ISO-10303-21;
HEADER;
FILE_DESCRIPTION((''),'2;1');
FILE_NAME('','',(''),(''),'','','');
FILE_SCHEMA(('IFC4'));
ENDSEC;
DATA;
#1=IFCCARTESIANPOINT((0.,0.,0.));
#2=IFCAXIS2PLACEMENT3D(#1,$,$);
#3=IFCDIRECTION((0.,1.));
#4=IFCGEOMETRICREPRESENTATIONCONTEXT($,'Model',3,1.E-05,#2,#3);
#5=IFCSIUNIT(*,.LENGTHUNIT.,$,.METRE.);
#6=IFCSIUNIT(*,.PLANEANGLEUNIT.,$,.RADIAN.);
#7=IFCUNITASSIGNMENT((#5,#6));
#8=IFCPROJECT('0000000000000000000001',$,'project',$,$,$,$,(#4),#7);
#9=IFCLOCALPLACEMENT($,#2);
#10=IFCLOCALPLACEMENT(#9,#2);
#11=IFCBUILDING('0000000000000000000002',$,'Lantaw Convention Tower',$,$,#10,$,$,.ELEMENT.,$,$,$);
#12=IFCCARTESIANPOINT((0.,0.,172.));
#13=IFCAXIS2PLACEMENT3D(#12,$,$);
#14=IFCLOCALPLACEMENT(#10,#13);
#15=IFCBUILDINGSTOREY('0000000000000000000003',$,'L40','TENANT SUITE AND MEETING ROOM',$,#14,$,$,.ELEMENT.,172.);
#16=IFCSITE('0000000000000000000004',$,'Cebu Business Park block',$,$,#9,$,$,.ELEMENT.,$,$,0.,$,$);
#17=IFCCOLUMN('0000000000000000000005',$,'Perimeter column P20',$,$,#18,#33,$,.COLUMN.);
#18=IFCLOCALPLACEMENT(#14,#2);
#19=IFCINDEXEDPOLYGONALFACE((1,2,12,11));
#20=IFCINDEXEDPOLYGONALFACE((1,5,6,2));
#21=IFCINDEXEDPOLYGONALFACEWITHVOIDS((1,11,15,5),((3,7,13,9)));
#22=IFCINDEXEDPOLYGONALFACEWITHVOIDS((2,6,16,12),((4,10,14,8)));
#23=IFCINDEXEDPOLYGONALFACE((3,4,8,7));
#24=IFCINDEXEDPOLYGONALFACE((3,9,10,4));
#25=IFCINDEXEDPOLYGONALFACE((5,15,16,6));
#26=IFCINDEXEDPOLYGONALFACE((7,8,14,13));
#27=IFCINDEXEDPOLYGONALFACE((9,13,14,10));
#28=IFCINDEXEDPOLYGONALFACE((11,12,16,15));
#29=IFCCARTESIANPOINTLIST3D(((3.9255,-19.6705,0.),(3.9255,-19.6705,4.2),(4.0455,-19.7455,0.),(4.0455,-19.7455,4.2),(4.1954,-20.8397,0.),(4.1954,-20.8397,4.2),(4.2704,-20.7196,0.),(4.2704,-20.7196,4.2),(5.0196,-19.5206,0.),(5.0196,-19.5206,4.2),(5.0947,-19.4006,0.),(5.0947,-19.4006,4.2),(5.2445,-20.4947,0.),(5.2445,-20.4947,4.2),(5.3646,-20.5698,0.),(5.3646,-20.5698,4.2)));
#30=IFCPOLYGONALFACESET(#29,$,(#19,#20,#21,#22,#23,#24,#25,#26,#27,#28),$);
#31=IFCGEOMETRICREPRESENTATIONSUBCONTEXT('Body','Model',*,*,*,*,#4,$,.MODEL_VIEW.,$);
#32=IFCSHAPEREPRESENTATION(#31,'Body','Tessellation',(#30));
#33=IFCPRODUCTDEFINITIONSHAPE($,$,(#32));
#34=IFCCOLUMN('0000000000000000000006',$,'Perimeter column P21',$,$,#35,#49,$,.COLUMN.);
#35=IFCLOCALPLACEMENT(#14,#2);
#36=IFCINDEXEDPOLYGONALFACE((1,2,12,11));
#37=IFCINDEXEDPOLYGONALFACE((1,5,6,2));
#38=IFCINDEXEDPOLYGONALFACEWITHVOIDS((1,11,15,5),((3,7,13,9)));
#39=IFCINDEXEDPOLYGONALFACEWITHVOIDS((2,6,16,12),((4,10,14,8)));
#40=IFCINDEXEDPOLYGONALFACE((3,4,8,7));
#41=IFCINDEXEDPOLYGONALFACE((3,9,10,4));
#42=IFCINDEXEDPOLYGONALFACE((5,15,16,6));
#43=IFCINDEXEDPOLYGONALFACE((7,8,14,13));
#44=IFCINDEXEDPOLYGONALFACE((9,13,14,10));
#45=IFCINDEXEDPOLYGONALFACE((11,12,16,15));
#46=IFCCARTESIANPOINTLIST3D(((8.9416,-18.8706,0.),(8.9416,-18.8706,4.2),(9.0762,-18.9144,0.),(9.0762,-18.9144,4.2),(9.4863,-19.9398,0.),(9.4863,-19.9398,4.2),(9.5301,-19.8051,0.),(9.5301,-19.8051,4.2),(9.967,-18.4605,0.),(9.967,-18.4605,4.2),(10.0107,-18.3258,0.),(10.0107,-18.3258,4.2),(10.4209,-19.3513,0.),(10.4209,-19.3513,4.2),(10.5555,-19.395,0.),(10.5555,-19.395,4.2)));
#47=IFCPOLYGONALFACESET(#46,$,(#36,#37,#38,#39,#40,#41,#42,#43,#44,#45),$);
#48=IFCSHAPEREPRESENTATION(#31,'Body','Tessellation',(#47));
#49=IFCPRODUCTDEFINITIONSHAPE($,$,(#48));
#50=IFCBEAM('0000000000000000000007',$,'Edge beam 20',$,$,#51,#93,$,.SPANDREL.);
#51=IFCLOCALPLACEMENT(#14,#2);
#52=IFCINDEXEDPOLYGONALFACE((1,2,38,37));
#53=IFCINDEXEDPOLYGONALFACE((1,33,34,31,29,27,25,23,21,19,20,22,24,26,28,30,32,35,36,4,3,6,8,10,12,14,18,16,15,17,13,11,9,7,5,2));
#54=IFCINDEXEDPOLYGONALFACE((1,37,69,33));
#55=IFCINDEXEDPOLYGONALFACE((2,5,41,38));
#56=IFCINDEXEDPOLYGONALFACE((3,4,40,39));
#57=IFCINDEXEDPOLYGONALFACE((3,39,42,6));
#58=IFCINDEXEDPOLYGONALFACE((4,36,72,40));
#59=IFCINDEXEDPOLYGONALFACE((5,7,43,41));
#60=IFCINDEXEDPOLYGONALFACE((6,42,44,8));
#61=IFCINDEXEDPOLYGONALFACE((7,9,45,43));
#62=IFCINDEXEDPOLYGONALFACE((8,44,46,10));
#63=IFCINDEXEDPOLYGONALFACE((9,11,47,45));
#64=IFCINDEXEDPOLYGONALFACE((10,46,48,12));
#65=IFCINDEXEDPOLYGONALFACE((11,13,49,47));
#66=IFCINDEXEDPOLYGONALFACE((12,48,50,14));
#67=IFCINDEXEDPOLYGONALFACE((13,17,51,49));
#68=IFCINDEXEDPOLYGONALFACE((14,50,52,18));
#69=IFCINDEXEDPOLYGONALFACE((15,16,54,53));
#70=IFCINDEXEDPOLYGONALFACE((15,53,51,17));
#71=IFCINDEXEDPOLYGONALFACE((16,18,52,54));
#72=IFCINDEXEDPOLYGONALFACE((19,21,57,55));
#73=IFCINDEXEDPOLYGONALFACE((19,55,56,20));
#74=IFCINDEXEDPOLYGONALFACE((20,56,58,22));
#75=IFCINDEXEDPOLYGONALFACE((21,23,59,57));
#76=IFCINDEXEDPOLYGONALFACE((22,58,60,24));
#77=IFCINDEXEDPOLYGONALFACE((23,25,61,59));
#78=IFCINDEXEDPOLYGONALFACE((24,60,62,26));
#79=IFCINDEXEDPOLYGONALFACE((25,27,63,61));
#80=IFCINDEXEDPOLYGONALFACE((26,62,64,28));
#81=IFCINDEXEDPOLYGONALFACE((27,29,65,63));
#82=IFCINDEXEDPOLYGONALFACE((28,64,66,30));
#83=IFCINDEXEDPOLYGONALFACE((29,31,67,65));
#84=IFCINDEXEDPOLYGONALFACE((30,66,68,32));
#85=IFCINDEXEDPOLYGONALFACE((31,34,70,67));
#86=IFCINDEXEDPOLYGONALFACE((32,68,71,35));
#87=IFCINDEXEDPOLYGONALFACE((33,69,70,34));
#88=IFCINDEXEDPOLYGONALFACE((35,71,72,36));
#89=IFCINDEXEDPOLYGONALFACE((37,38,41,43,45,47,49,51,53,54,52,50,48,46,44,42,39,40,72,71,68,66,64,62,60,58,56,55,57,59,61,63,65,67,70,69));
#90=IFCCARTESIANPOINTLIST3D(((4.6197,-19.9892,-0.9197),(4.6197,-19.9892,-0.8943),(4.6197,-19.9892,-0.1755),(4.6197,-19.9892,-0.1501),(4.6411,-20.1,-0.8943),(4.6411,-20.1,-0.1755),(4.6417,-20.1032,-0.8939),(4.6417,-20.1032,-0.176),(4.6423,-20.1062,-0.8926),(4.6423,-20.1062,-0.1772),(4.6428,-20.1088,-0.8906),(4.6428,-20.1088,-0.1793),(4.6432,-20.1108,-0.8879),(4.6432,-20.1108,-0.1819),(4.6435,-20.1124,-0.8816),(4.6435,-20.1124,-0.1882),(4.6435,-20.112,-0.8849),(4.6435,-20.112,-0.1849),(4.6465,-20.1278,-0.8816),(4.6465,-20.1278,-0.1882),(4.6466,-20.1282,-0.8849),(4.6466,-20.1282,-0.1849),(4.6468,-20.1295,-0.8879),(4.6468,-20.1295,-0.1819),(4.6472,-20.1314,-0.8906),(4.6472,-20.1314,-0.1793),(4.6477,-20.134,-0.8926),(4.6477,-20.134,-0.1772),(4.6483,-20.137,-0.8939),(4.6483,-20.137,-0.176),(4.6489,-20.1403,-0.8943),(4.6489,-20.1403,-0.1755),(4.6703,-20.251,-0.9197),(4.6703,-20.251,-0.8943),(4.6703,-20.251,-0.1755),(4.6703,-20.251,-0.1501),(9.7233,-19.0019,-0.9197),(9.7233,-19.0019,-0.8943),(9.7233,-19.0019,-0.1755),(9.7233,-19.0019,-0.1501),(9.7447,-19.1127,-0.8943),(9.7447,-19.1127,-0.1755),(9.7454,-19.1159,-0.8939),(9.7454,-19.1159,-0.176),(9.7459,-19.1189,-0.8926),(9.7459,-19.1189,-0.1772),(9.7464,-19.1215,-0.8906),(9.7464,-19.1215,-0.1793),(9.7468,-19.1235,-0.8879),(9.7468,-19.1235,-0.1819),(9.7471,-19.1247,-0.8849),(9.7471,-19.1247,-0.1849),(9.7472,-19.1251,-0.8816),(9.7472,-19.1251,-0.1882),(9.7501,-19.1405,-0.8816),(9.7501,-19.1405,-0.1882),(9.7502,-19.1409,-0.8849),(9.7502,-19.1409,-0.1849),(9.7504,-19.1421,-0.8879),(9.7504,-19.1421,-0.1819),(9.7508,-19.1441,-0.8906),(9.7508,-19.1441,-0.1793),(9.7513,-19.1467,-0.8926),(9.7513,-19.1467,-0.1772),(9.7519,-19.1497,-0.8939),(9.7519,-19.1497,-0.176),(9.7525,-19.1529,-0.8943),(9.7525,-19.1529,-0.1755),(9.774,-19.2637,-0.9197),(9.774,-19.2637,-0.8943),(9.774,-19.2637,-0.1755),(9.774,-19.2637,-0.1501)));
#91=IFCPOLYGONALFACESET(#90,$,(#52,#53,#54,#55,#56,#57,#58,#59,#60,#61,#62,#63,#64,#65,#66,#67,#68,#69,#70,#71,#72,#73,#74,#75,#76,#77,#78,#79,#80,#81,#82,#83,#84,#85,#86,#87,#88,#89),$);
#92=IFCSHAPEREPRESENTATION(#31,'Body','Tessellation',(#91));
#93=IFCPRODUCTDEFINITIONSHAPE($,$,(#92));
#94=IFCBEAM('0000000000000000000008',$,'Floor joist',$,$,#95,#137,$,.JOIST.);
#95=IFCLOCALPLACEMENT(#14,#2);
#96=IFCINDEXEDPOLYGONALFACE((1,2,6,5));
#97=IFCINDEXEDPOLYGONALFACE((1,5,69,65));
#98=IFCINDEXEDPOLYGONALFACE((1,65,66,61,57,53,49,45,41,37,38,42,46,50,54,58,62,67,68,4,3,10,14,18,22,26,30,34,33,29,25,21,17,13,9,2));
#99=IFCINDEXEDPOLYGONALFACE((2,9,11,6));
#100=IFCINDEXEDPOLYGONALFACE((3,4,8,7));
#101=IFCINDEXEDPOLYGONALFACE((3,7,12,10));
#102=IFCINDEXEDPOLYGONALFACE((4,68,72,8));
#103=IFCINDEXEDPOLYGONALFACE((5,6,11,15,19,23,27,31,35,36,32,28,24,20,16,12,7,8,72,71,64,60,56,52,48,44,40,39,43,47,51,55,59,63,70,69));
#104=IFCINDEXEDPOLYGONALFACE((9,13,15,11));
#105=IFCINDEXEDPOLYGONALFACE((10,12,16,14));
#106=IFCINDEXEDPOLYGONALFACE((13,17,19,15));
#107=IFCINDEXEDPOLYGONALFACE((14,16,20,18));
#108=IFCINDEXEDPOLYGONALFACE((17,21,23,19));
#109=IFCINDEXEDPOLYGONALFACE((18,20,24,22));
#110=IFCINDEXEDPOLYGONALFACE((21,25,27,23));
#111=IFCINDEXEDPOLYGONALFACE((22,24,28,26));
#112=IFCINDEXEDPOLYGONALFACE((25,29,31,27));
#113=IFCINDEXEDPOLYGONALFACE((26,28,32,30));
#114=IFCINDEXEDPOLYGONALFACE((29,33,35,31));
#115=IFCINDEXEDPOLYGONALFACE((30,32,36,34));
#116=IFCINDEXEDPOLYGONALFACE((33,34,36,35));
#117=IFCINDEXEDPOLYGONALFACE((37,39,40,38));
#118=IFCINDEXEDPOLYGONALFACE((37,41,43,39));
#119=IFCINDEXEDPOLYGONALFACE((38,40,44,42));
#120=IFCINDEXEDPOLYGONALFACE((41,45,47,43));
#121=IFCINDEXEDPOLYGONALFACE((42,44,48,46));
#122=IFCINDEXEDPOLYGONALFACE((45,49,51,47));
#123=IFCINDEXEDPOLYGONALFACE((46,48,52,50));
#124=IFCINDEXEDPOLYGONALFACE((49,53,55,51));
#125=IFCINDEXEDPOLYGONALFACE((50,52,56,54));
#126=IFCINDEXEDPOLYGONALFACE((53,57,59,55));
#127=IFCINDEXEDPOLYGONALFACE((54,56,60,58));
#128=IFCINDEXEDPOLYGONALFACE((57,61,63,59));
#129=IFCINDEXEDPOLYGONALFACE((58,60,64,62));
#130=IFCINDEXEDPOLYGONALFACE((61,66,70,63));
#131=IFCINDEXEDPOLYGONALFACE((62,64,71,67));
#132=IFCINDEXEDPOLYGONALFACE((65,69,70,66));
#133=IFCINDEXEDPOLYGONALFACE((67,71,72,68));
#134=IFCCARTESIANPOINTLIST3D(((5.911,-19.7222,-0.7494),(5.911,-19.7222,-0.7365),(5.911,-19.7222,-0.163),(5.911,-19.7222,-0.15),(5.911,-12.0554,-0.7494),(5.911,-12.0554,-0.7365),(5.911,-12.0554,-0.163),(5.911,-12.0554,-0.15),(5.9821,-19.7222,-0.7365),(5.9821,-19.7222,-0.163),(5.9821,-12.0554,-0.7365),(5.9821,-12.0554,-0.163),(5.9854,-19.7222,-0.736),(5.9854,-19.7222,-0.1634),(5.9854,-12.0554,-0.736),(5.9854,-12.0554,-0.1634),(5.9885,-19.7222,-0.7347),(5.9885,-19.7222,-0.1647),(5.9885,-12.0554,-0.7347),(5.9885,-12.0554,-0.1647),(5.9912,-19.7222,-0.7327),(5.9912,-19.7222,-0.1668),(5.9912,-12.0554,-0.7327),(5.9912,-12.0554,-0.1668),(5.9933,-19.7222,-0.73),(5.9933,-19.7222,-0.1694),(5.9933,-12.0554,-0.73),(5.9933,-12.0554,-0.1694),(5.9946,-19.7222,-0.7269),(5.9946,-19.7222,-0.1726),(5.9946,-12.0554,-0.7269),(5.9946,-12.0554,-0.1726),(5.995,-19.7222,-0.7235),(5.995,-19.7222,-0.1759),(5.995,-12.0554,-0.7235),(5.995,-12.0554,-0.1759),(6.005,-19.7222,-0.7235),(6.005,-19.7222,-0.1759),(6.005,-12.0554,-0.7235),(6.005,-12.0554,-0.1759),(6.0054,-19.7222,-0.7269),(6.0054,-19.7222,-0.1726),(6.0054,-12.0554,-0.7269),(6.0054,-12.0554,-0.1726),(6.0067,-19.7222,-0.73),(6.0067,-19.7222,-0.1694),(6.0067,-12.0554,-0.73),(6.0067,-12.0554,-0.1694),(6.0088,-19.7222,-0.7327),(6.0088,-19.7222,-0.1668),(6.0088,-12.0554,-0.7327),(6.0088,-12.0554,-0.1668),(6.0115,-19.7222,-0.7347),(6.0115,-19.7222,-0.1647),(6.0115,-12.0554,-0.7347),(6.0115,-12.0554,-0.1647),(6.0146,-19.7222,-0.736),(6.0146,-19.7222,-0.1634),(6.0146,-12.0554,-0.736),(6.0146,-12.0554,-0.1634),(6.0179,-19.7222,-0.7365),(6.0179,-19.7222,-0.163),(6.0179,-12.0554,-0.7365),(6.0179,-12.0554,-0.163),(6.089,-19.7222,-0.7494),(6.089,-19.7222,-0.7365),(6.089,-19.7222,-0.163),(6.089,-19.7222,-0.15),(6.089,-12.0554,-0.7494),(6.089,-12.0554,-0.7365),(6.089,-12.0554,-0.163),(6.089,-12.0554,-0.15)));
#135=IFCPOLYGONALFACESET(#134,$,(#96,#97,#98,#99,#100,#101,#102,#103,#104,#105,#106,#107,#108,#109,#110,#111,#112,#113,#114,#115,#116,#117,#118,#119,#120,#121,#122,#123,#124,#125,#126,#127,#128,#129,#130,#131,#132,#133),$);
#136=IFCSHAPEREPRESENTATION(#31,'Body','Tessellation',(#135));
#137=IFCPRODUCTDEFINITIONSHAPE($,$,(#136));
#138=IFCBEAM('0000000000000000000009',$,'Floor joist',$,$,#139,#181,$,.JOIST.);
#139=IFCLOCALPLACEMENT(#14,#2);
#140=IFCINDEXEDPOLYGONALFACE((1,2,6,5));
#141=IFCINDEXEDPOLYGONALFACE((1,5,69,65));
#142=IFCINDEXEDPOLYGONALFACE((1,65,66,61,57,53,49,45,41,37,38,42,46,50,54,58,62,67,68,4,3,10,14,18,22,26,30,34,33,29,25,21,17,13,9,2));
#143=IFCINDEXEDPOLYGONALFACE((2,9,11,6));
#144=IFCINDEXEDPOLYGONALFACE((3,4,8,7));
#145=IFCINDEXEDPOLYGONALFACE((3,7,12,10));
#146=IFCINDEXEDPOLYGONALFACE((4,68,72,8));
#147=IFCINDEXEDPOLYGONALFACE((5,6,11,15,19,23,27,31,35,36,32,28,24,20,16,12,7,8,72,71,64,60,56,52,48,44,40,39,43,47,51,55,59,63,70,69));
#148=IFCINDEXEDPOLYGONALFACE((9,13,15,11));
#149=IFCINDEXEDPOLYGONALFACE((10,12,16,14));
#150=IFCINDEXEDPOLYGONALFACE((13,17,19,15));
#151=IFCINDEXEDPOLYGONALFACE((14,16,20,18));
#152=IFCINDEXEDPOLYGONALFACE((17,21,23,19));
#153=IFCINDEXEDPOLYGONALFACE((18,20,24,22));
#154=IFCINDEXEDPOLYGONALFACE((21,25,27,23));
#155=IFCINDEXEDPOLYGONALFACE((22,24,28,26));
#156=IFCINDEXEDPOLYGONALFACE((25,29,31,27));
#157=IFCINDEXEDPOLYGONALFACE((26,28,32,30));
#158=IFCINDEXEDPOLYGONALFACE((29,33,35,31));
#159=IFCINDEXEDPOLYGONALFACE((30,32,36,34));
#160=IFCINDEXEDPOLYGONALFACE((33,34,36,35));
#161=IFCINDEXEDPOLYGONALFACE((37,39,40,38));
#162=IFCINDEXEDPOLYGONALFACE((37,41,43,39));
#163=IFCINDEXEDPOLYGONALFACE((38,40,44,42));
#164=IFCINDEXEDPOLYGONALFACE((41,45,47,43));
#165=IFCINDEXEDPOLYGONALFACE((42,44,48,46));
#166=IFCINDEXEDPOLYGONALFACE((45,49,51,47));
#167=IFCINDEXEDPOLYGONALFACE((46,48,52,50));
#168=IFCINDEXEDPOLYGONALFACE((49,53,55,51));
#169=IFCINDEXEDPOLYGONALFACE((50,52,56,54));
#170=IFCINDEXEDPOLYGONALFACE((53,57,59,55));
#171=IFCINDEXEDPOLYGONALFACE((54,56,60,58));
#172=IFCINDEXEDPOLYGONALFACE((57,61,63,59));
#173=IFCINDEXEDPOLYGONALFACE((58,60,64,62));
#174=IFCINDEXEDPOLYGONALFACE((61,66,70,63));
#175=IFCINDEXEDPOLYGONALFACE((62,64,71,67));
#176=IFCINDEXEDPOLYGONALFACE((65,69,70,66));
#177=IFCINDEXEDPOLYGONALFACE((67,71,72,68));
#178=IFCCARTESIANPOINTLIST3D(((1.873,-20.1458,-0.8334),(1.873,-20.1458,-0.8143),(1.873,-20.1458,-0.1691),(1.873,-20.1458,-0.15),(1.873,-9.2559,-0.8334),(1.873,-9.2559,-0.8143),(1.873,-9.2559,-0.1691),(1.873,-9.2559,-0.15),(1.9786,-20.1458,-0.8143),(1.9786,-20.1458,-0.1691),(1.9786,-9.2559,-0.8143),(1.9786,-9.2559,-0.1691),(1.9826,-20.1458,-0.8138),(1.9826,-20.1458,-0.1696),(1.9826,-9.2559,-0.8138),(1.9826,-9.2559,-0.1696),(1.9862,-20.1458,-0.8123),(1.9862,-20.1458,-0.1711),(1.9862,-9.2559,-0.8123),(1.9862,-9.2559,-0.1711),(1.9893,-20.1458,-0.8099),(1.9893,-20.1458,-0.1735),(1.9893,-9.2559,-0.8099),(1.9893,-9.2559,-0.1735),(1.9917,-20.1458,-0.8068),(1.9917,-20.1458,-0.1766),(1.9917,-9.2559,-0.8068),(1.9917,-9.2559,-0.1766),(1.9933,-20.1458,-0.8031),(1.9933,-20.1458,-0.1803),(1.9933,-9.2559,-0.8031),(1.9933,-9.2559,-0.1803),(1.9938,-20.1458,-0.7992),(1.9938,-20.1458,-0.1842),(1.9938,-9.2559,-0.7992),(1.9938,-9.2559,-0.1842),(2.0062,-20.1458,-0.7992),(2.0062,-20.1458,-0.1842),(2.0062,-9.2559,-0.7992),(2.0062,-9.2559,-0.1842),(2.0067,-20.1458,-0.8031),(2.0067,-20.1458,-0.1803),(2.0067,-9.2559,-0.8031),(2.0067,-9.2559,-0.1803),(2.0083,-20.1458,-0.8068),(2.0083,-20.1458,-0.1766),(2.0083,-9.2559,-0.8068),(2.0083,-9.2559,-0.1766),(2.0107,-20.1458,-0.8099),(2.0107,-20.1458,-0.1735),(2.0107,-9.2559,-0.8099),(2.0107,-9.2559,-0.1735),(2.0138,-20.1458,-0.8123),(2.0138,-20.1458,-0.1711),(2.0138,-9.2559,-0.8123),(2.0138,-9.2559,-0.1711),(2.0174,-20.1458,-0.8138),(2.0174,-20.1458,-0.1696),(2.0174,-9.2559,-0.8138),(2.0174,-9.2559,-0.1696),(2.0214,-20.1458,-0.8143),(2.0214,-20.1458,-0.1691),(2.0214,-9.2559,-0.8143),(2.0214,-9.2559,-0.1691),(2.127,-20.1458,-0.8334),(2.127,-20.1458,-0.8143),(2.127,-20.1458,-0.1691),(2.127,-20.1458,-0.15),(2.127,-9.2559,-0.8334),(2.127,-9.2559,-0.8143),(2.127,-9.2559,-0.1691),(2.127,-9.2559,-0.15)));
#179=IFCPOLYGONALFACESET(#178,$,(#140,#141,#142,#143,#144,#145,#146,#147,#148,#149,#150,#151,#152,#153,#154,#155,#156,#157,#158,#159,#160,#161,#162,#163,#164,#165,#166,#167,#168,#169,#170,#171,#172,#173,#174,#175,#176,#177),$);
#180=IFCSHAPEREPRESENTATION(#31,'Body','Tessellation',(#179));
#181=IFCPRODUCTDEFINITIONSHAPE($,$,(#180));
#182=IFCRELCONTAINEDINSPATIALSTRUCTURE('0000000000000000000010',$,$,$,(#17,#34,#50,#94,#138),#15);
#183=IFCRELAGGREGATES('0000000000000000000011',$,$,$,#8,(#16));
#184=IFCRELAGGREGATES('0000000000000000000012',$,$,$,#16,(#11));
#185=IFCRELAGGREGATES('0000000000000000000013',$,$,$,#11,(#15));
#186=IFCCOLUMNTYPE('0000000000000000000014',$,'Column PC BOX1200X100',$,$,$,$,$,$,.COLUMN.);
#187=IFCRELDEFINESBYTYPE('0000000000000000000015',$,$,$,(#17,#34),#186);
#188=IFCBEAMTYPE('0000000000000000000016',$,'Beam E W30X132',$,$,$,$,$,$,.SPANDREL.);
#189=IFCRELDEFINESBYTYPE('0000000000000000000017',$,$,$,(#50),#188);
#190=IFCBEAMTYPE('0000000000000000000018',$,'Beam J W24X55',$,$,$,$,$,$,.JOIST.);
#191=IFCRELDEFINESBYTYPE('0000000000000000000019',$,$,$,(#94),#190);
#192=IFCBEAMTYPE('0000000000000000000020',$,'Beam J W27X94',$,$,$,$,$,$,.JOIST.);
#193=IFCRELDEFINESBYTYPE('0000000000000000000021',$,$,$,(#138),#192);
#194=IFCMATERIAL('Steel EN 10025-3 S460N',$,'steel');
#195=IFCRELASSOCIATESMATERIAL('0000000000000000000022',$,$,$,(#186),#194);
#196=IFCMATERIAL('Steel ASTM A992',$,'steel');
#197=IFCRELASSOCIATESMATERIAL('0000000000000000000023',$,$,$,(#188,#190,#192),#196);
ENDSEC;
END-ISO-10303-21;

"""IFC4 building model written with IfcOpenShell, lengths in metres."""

from ifc_helpers import new_model, si_unit, direction, frame, origin, origin_2d, place, context, subcontext, project, spatial, rectangle, hollow_rectangle, i_section, extrude, material, material_profile, profile_set, type_object, element, save


model = new_model("IFC4")

# Units and contexts
model_context = context("Model", 3, precision=1e-05, world=origin(), true_north=direction((0.0, 1.0)))
body_context = subcontext(model_context, "Body", "Model", "MODEL_VIEW")
ifc_project = project(units=[si_unit("LENGTHUNIT", "METRE"), si_unit("PLANEANGLEUNIT", "RADIAN")], contexts=[model_context])

# Site, building, storey
site_placement = place(None, origin())
site = spatial("IfcSite", under=ifc_project, at=site_placement, Name="Cebu Business Park block", CompositionType="ELEMENT", RefElevation=0.0)
building_placement = place(site_placement, origin())
building = spatial("IfcBuilding", under=site, at=building_placement, Name="Lantaw Convention Tower", CompositionType="ELEMENT")
storey_placement = place(building_placement, frame((0.0, 0.0, 172.0)))
storey = spatial("IfcBuildingStorey", under=building, at=storey_placement, Name="L40", Description="TENANT SUITE AND MEETING ROOM", CompositionType="ELEMENT", Elevation=172.0)

# Columns
ifc_material_1 = material(Name="Steel EN 10025-3 S460N", Category="steel")
ifc_material_profile_1 = material_profile(ifc_material_1, hollow_rectangle(XDim=1.2, YDim=1.2, WallThickness=0.1001, at=origin_2d()), Name="BOX1200X100")
ifc_material_2 = material(Name="Concrete C60/75", Category="concrete")
ifc_material_profile_2 = material_profile(ifc_material_2, rectangle(XDim=1.0, YDim=1.0, at=origin_2d()), Name="Concrete fill of BOX1200X100")
ifc_profile_set_1 = profile_set([ifc_material_profile_1, ifc_material_profile_2], Name="Steel EN 10025-3 S460N")
column_type = type_object("IfcColumnType", Name="Column PC BOX1200X100", PredefinedType="COLUMN", material=ifc_profile_set_1)
for number, where, z_axis, x_axis, name in (
    (1, (4.645, -20.1201, 0.0), (0.0, 0.0, 1.0), (0.97437, 0.224951, 0.0), "Perimeter column P20"),
    (2, (9.7485, -19.1328, 0.0), (0.0, 0.0, 1.0), (0.891007, 0.45399, 0.0), "Perimeter column P21"),
):
    element("IfcColumn", number, at=place(storey_placement, frame(where, z_axis=z_axis, x_axis=x_axis)), inside=storey, type_object=column_type, Name=name, PredefinedType="COLUMN", context=body_context, shape_type="SweptSolid", body=[
        extrude(hollow_rectangle(XDim=1.2, YDim=1.2, WallThickness=0.1001, at=origin_2d()), origin(), (0.0, 0.0, 1.0), 4.2),
    ])

# Beams
ifc_material_3 = material(Name="Steel ASTM A992", Category="steel")
ifc_material_profile_3 = material_profile(ifc_material_3, i_section(OverallWidth=0.2666, OverallDepth=0.7695, WebThickness=0.0156, FlangeThickness=0.0254, FilletRadius=0.0127, at=origin_2d()), Name="W30X132")
ifc_profile_set_2 = profile_set([ifc_material_profile_3], Name="Steel ASTM A992")
beam_type_1 = type_object("IfcBeamType", Name="Beam E W30X132", PredefinedType="SPANDREL", material=ifc_profile_set_2)
beam_1_placement = place(storey_placement, frame((4.645, -20.1201, -0.5349), z_axis=(0.981797, 0.189934, 0.0), x_axis=(-0.189934, 0.981797, 0.0)))
element("IfcBeam", 3, at=beam_1_placement, inside=storey, type_object=beam_type_1, Name="Edge beam 20", PredefinedType="SPANDREL", context=body_context, shape_type="SweptSolid", body=[
    extrude(i_section(OverallWidth=0.2666, OverallDepth=0.7695, WebThickness=0.0156, FlangeThickness=0.0254, FilletRadius=0.0127, at=origin_2d()), origin(), (0.0, 0.0, 1.0), 5.1982),
])
ifc_material_profile_4 = material_profile(ifc_material_3, i_section(OverallWidth=0.178, OverallDepth=0.5994, WebThickness=0.01, FlangeThickness=0.0129, FilletRadius=0.0129, at=origin_2d()), Name="W24X55")
ifc_profile_set_3 = profile_set([ifc_material_profile_4], Name="Steel ASTM A992")
beam_type_2 = type_object("IfcBeamType", Name="Beam J W24X55", PredefinedType="JOIST", material=ifc_profile_set_3)
beam_2_placement = place(storey_placement, frame((6.0, -19.7222, -0.4497), z_axis=(0.0, 1.0, 0.0), x_axis=(-1.0, 0.0, 0.0)))
element("IfcBeam", 4, at=beam_2_placement, inside=storey, type_object=beam_type_2, Name="Floor joist", PredefinedType="JOIST", context=body_context, shape_type="SweptSolid", body=[
    extrude(i_section(OverallWidth=0.178, OverallDepth=0.5994, WebThickness=0.01, FlangeThickness=0.0129, FilletRadius=0.0129, at=origin_2d()), origin(), (0.0, 0.0, 1.0), 7.6667),
])
ifc_material_profile_5 = material_profile(ifc_material_3, i_section(OverallWidth=0.2539, OverallDepth=0.6833, WebThickness=0.0125, FlangeThickness=0.019, FilletRadius=0.0151, at=origin_2d()), Name="W27X94")
ifc_profile_set_4 = profile_set([ifc_material_profile_5], Name="Steel ASTM A992")
beam_type_3 = type_object("IfcBeamType", Name="Beam J W27X94", PredefinedType="JOIST", material=ifc_profile_set_4)
beam_3_placement = place(storey_placement, frame((2.0, -20.1458, -0.4917), z_axis=(0.0, 1.0, 0.0), x_axis=(-1.0, 0.0, 0.0)))
element("IfcBeam", 5, at=beam_3_placement, inside=storey, type_object=beam_type_3, Name="Floor joist", PredefinedType="JOIST", context=body_context, shape_type="SweptSolid", body=[
    extrude(i_section(OverallWidth=0.2539, OverallDepth=0.6833, WebThickness=0.0125, FlangeThickness=0.019, FilletRadius=0.0151, at=origin_2d()), origin(), (0.0, 0.0, 1.0), 10.8899),
])

save(model, "model.ifc")
